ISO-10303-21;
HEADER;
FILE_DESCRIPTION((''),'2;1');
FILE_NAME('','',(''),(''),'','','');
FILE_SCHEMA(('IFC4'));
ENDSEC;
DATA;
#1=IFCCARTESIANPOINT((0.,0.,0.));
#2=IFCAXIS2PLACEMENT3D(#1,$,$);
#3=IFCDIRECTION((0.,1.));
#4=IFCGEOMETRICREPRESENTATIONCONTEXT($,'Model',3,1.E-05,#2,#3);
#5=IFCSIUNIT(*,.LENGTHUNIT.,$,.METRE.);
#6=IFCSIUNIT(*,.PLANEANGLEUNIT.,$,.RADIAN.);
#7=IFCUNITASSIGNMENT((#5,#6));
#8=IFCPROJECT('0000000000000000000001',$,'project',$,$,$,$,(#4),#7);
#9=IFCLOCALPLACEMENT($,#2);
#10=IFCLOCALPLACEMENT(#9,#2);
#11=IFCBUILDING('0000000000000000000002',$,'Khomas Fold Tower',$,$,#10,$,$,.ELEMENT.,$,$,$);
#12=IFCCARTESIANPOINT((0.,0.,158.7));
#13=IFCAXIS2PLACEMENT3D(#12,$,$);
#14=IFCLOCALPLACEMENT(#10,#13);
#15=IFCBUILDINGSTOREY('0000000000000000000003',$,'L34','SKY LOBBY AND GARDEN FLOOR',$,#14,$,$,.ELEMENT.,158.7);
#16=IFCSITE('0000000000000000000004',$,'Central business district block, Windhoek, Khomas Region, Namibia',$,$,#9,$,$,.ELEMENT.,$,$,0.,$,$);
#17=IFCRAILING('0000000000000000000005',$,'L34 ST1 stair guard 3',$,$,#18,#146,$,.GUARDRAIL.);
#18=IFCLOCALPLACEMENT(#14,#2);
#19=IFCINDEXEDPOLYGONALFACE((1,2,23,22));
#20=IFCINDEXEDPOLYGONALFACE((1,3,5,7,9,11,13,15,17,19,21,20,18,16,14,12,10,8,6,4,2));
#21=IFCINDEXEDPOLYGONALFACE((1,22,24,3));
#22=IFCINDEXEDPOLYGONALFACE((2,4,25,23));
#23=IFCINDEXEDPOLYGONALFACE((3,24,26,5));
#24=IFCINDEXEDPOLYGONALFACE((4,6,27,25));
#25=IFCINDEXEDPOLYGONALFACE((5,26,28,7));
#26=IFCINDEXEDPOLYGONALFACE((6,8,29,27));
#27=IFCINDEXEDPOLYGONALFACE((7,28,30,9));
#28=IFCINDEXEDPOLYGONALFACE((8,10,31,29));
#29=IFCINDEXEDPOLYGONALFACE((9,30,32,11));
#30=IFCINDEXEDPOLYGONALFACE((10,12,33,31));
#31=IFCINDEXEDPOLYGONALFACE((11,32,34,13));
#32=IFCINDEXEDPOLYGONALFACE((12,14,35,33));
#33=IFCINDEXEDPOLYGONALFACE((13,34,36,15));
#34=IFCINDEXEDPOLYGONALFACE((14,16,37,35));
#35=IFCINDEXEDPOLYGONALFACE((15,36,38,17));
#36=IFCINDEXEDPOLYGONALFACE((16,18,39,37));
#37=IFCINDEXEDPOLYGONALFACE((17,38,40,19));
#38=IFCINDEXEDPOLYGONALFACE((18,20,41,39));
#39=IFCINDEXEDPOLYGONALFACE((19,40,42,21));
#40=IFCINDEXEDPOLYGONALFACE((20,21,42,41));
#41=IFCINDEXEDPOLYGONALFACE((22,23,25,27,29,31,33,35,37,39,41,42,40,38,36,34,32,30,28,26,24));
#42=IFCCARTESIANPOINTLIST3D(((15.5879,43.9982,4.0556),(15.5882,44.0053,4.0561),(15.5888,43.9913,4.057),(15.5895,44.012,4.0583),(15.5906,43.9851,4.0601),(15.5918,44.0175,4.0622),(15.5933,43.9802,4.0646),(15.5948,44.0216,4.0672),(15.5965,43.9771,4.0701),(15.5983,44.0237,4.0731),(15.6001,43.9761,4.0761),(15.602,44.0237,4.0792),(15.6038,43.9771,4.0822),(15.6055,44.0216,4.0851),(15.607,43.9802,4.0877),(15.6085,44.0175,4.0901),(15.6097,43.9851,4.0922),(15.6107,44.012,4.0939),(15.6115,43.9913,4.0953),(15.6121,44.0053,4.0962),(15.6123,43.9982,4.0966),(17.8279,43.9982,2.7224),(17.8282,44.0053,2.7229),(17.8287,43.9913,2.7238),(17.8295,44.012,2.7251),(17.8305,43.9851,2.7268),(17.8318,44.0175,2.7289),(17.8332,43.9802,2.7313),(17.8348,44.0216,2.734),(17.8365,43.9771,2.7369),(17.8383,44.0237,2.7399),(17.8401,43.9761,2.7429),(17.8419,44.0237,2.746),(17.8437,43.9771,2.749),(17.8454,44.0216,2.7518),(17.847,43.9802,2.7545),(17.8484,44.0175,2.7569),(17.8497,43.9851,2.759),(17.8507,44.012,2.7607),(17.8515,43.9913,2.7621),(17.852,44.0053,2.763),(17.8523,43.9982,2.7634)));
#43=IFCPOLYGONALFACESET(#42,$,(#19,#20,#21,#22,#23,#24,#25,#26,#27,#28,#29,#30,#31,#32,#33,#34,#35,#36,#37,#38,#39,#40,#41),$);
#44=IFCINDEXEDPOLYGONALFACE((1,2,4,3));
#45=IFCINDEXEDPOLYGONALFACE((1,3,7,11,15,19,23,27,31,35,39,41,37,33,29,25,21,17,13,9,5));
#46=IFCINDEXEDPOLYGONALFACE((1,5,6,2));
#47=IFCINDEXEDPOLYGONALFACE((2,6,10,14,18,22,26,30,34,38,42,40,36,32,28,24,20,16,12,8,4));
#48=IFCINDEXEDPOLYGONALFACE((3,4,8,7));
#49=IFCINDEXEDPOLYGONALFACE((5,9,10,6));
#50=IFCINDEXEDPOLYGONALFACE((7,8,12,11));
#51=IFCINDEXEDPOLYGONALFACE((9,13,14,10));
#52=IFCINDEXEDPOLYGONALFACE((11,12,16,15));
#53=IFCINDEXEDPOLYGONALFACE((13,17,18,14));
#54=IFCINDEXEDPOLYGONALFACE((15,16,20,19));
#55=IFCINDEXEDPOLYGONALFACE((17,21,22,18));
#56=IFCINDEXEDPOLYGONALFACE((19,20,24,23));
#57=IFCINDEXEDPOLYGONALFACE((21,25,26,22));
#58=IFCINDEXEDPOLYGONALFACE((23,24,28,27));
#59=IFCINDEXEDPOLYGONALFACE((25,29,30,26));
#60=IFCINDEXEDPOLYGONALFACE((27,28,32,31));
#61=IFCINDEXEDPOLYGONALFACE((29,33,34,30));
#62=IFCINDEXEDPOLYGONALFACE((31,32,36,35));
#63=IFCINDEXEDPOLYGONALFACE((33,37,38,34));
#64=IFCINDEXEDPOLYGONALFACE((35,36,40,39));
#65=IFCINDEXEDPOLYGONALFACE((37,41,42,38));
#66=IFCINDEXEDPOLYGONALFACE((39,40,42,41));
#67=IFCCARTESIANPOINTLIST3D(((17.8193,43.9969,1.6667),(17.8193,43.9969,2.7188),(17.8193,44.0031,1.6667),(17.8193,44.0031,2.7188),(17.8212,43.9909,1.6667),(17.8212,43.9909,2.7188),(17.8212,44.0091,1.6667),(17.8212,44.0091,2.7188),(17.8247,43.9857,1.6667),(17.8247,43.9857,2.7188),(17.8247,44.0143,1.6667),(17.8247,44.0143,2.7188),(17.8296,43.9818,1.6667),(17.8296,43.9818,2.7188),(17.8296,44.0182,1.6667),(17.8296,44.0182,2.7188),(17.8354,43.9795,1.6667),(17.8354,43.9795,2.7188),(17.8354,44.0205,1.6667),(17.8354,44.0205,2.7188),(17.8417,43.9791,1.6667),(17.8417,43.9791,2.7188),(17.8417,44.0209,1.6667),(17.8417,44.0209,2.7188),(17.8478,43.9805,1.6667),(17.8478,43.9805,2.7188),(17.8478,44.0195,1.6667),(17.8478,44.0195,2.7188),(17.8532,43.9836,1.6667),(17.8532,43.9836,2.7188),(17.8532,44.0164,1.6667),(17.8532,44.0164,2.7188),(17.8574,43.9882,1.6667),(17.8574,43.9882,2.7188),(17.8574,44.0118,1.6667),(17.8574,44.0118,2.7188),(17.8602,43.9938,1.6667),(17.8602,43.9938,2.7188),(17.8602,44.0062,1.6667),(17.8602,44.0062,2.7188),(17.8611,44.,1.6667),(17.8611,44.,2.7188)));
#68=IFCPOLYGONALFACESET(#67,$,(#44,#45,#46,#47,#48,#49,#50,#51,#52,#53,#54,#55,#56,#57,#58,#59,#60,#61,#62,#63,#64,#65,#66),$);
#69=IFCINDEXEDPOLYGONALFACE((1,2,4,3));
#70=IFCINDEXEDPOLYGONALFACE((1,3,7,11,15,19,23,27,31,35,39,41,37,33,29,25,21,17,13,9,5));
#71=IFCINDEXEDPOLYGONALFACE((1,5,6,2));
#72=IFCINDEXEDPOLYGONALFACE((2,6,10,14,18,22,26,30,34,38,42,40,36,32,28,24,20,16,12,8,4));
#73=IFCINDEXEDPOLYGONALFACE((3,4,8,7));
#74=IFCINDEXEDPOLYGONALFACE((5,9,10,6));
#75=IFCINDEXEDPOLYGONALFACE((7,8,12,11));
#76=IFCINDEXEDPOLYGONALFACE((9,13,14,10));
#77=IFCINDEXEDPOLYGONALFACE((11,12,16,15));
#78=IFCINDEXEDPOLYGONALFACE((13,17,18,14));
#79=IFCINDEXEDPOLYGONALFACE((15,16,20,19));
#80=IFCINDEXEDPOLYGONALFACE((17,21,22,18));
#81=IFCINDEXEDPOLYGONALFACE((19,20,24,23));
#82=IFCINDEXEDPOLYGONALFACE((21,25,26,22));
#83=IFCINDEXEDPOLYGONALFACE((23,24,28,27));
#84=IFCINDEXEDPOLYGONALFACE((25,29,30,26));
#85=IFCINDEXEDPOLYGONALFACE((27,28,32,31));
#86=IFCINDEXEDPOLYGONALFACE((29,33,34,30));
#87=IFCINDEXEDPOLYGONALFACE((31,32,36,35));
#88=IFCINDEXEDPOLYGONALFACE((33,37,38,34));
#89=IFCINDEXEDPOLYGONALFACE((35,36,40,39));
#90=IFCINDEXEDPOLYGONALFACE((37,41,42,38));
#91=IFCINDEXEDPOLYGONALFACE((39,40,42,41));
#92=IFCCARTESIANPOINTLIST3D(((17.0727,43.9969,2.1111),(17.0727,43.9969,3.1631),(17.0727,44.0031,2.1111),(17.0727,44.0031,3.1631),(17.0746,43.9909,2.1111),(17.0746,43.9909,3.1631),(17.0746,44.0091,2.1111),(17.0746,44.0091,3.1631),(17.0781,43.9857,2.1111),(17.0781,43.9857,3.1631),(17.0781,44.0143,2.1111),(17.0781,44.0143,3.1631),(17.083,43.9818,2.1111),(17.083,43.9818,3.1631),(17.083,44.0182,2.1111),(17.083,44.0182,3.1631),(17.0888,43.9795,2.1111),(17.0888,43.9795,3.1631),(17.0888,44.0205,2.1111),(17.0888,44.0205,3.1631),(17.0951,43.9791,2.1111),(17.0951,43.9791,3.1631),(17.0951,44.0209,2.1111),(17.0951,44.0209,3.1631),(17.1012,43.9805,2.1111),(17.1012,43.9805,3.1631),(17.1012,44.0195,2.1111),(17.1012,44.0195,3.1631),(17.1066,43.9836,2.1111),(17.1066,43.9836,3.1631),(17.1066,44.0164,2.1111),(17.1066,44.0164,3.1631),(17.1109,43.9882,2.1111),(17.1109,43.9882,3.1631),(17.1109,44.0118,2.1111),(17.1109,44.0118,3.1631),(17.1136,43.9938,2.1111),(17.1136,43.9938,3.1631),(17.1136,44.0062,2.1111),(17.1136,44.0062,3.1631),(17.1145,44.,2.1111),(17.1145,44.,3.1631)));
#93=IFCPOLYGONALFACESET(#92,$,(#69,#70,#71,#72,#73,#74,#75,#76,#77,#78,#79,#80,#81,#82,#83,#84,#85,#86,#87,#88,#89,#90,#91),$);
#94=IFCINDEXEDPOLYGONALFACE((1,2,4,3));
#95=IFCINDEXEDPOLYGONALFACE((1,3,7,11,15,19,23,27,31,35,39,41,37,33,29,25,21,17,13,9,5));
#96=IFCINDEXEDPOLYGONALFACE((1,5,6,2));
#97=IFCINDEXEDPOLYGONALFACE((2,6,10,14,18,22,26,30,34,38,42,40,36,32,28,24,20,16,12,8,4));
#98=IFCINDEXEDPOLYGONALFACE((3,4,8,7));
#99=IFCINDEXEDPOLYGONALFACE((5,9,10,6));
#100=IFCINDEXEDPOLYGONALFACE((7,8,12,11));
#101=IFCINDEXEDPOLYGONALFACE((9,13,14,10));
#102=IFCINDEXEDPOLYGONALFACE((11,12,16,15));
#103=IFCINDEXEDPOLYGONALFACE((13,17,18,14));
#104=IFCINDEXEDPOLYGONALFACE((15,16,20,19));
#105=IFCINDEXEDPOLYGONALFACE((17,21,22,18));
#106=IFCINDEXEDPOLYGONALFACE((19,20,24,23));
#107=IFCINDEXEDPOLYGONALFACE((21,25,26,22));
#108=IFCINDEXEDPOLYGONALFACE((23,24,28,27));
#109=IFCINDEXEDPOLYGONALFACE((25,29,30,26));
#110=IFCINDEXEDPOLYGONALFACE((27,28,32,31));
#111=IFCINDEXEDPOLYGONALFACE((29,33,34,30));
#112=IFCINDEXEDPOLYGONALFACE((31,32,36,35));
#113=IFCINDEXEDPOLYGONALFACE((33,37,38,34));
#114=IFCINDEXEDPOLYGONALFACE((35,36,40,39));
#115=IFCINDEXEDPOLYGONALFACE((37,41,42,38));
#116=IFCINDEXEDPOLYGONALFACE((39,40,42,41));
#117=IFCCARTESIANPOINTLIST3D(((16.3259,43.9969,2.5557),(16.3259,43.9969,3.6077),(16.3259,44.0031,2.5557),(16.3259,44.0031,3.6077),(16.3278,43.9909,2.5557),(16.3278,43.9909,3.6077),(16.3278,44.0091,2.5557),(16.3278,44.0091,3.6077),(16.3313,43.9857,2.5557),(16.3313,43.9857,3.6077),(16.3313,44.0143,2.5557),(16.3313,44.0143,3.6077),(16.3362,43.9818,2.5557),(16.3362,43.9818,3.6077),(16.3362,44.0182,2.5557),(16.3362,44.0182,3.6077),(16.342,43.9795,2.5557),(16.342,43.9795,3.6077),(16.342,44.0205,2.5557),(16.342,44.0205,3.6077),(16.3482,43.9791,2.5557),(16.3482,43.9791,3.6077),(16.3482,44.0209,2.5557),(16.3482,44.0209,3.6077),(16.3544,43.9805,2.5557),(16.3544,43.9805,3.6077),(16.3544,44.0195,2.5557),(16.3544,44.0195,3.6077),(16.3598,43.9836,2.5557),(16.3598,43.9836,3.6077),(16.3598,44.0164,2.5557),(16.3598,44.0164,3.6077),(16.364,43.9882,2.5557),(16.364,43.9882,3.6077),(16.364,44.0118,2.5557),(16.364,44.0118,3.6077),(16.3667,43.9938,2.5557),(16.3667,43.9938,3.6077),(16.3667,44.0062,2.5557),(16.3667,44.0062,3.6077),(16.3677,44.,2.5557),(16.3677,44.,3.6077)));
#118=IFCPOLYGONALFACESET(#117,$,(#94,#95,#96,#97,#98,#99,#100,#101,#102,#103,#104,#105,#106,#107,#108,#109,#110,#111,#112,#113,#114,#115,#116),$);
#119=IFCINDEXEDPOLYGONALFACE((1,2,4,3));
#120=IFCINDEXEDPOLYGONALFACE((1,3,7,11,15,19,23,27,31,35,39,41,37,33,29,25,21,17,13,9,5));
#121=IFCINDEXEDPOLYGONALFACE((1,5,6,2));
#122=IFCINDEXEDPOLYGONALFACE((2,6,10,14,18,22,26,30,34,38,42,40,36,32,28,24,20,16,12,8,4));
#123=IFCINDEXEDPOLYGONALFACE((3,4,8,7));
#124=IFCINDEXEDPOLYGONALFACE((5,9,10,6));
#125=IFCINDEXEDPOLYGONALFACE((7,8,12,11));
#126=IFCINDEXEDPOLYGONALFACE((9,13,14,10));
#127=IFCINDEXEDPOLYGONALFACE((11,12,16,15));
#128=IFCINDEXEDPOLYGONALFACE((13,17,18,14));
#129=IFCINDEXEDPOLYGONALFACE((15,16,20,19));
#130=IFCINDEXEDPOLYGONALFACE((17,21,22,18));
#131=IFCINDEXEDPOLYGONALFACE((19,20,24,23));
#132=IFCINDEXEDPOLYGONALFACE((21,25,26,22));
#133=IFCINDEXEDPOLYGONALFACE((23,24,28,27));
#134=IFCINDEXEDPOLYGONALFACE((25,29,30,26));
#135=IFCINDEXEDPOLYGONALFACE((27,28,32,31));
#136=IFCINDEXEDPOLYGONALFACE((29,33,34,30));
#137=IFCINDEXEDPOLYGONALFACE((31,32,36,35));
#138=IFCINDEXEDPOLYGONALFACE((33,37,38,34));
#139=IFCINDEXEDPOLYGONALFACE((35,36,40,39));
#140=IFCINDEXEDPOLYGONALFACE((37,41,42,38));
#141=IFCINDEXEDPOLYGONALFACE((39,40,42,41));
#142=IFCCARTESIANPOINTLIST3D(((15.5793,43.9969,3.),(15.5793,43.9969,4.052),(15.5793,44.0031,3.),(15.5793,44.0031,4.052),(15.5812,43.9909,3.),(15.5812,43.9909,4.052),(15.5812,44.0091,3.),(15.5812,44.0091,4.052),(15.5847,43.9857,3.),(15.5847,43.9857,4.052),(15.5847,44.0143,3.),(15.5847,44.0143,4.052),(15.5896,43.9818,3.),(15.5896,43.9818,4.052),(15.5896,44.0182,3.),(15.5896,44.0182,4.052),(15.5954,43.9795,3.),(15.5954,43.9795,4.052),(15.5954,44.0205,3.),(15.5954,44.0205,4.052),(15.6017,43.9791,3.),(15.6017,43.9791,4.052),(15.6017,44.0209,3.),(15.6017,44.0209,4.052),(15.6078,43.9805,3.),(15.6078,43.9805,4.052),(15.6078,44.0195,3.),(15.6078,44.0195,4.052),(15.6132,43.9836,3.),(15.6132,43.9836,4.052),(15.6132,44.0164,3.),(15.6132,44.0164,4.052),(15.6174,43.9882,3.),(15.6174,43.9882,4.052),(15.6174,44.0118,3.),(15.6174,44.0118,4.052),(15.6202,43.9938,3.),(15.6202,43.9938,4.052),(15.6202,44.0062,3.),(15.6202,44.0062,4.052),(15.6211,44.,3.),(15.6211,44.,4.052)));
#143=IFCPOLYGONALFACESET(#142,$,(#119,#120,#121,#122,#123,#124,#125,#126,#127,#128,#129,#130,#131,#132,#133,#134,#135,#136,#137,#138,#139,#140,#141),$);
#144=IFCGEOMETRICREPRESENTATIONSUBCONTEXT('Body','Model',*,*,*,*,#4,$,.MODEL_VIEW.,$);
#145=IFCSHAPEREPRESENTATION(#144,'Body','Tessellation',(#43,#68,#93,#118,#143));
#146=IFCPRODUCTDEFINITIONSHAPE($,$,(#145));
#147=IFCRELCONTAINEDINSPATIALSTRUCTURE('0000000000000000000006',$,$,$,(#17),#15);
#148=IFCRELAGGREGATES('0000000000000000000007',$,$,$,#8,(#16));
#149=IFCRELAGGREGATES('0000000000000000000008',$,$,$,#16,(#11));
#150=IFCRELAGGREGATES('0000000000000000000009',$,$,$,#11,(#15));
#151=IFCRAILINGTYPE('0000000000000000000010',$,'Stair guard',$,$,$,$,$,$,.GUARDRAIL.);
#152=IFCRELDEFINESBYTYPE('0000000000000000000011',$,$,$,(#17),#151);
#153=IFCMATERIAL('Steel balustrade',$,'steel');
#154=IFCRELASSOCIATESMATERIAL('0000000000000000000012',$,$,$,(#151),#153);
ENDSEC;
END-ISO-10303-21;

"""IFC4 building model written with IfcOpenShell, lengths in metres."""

from ifc_helpers import new_model, si_unit, direction, frame, origin, origin_2d, place, context, subcontext, project, spatial, circle, extrude, source, transform, mapped, material, type_object, element, save


model = new_model("IFC4")

# Units and contexts
model_context = context("Model", 3, precision=1e-05, world=origin(), true_north=direction((0.0, 1.0)))
body_context = subcontext(model_context, "Body", "Model", "MODEL_VIEW")
ifc_project = project(units=[si_unit("LENGTHUNIT", "METRE"), si_unit("PLANEANGLEUNIT", "RADIAN")], contexts=[model_context])

# Site, building, storey
site_placement = place(None, origin())
site = spatial("IfcSite", under=ifc_project, at=site_placement, Name="Central business district block, Windhoek, Khomas Region, Namibia", CompositionType="ELEMENT", RefElevation=0.0)
building_placement = place(site_placement, origin())
building = spatial("IfcBuilding", under=site, at=building_placement, Name="Khomas Fold Tower", CompositionType="ELEMENT")
storey_placement = place(building_placement, frame((0.0, 0.0, 158.7)))
storey = spatial("IfcBuildingStorey", under=building, at=storey_placement, Name="L34", Description="SKY LOBBY AND GARDEN FLOOR", CompositionType="ELEMENT", Elevation=158.7)

# Railing
ifc_material_1 = material(Name="Steel balustrade", Category="steel")
railing_type_1 = type_object("IfcRailingType", Name="Stair guard", PredefinedType="GUARDRAIL", material=ifc_material_1)
shared_shape_1 = source(origin(), body_context, "Body", "SweptSolid", [
    extrude(circle(Radius=0.0239, at=origin_2d()), frame((0.0, 0.0, 1.0762), z_axis=(-0.859306, 0.0, 0.511462), x_axis=(0.0, -1.0, 0.0)), (0.0, 0.0, 1.0), 2.6067),
    extrude(circle(Radius=0.021, at=origin_2d()), origin(), (0.0, 0.0, 1.0), 1.052),
    extrude(circle(Radius=0.021, at=origin_2d()), frame((-0.7466, 0.0, 0.4443)), (0.0, 0.0, 1.0), 1.052),
    extrude(circle(Radius=0.021, at=origin_2d()), frame((-1.4934, 0.0, 0.8889)), (0.0, 0.0, 1.0), 1.052),
    extrude(circle(Radius=0.021, at=origin_2d()), frame((-2.24, 0.0, 1.3333)), (0.0, 0.0, 1.0), 1.052),
])
for number, where, name in (
    (1, (17.8401, 44.0, 1.6667), "L34 ST1 stair guard 3"),
):
    element("IfcRailing", number, at=place(storey_placement, frame(where)), inside=storey, type_object=railing_type_1, Name=name, PredefinedType="GUARDRAIL", context=body_context, shape_type="MappedRepresentation", body=[
        mapped(shared_shape_1, transform((0.0, 0.0, 0.0))),
    ])

save(model, "model.ifc")
